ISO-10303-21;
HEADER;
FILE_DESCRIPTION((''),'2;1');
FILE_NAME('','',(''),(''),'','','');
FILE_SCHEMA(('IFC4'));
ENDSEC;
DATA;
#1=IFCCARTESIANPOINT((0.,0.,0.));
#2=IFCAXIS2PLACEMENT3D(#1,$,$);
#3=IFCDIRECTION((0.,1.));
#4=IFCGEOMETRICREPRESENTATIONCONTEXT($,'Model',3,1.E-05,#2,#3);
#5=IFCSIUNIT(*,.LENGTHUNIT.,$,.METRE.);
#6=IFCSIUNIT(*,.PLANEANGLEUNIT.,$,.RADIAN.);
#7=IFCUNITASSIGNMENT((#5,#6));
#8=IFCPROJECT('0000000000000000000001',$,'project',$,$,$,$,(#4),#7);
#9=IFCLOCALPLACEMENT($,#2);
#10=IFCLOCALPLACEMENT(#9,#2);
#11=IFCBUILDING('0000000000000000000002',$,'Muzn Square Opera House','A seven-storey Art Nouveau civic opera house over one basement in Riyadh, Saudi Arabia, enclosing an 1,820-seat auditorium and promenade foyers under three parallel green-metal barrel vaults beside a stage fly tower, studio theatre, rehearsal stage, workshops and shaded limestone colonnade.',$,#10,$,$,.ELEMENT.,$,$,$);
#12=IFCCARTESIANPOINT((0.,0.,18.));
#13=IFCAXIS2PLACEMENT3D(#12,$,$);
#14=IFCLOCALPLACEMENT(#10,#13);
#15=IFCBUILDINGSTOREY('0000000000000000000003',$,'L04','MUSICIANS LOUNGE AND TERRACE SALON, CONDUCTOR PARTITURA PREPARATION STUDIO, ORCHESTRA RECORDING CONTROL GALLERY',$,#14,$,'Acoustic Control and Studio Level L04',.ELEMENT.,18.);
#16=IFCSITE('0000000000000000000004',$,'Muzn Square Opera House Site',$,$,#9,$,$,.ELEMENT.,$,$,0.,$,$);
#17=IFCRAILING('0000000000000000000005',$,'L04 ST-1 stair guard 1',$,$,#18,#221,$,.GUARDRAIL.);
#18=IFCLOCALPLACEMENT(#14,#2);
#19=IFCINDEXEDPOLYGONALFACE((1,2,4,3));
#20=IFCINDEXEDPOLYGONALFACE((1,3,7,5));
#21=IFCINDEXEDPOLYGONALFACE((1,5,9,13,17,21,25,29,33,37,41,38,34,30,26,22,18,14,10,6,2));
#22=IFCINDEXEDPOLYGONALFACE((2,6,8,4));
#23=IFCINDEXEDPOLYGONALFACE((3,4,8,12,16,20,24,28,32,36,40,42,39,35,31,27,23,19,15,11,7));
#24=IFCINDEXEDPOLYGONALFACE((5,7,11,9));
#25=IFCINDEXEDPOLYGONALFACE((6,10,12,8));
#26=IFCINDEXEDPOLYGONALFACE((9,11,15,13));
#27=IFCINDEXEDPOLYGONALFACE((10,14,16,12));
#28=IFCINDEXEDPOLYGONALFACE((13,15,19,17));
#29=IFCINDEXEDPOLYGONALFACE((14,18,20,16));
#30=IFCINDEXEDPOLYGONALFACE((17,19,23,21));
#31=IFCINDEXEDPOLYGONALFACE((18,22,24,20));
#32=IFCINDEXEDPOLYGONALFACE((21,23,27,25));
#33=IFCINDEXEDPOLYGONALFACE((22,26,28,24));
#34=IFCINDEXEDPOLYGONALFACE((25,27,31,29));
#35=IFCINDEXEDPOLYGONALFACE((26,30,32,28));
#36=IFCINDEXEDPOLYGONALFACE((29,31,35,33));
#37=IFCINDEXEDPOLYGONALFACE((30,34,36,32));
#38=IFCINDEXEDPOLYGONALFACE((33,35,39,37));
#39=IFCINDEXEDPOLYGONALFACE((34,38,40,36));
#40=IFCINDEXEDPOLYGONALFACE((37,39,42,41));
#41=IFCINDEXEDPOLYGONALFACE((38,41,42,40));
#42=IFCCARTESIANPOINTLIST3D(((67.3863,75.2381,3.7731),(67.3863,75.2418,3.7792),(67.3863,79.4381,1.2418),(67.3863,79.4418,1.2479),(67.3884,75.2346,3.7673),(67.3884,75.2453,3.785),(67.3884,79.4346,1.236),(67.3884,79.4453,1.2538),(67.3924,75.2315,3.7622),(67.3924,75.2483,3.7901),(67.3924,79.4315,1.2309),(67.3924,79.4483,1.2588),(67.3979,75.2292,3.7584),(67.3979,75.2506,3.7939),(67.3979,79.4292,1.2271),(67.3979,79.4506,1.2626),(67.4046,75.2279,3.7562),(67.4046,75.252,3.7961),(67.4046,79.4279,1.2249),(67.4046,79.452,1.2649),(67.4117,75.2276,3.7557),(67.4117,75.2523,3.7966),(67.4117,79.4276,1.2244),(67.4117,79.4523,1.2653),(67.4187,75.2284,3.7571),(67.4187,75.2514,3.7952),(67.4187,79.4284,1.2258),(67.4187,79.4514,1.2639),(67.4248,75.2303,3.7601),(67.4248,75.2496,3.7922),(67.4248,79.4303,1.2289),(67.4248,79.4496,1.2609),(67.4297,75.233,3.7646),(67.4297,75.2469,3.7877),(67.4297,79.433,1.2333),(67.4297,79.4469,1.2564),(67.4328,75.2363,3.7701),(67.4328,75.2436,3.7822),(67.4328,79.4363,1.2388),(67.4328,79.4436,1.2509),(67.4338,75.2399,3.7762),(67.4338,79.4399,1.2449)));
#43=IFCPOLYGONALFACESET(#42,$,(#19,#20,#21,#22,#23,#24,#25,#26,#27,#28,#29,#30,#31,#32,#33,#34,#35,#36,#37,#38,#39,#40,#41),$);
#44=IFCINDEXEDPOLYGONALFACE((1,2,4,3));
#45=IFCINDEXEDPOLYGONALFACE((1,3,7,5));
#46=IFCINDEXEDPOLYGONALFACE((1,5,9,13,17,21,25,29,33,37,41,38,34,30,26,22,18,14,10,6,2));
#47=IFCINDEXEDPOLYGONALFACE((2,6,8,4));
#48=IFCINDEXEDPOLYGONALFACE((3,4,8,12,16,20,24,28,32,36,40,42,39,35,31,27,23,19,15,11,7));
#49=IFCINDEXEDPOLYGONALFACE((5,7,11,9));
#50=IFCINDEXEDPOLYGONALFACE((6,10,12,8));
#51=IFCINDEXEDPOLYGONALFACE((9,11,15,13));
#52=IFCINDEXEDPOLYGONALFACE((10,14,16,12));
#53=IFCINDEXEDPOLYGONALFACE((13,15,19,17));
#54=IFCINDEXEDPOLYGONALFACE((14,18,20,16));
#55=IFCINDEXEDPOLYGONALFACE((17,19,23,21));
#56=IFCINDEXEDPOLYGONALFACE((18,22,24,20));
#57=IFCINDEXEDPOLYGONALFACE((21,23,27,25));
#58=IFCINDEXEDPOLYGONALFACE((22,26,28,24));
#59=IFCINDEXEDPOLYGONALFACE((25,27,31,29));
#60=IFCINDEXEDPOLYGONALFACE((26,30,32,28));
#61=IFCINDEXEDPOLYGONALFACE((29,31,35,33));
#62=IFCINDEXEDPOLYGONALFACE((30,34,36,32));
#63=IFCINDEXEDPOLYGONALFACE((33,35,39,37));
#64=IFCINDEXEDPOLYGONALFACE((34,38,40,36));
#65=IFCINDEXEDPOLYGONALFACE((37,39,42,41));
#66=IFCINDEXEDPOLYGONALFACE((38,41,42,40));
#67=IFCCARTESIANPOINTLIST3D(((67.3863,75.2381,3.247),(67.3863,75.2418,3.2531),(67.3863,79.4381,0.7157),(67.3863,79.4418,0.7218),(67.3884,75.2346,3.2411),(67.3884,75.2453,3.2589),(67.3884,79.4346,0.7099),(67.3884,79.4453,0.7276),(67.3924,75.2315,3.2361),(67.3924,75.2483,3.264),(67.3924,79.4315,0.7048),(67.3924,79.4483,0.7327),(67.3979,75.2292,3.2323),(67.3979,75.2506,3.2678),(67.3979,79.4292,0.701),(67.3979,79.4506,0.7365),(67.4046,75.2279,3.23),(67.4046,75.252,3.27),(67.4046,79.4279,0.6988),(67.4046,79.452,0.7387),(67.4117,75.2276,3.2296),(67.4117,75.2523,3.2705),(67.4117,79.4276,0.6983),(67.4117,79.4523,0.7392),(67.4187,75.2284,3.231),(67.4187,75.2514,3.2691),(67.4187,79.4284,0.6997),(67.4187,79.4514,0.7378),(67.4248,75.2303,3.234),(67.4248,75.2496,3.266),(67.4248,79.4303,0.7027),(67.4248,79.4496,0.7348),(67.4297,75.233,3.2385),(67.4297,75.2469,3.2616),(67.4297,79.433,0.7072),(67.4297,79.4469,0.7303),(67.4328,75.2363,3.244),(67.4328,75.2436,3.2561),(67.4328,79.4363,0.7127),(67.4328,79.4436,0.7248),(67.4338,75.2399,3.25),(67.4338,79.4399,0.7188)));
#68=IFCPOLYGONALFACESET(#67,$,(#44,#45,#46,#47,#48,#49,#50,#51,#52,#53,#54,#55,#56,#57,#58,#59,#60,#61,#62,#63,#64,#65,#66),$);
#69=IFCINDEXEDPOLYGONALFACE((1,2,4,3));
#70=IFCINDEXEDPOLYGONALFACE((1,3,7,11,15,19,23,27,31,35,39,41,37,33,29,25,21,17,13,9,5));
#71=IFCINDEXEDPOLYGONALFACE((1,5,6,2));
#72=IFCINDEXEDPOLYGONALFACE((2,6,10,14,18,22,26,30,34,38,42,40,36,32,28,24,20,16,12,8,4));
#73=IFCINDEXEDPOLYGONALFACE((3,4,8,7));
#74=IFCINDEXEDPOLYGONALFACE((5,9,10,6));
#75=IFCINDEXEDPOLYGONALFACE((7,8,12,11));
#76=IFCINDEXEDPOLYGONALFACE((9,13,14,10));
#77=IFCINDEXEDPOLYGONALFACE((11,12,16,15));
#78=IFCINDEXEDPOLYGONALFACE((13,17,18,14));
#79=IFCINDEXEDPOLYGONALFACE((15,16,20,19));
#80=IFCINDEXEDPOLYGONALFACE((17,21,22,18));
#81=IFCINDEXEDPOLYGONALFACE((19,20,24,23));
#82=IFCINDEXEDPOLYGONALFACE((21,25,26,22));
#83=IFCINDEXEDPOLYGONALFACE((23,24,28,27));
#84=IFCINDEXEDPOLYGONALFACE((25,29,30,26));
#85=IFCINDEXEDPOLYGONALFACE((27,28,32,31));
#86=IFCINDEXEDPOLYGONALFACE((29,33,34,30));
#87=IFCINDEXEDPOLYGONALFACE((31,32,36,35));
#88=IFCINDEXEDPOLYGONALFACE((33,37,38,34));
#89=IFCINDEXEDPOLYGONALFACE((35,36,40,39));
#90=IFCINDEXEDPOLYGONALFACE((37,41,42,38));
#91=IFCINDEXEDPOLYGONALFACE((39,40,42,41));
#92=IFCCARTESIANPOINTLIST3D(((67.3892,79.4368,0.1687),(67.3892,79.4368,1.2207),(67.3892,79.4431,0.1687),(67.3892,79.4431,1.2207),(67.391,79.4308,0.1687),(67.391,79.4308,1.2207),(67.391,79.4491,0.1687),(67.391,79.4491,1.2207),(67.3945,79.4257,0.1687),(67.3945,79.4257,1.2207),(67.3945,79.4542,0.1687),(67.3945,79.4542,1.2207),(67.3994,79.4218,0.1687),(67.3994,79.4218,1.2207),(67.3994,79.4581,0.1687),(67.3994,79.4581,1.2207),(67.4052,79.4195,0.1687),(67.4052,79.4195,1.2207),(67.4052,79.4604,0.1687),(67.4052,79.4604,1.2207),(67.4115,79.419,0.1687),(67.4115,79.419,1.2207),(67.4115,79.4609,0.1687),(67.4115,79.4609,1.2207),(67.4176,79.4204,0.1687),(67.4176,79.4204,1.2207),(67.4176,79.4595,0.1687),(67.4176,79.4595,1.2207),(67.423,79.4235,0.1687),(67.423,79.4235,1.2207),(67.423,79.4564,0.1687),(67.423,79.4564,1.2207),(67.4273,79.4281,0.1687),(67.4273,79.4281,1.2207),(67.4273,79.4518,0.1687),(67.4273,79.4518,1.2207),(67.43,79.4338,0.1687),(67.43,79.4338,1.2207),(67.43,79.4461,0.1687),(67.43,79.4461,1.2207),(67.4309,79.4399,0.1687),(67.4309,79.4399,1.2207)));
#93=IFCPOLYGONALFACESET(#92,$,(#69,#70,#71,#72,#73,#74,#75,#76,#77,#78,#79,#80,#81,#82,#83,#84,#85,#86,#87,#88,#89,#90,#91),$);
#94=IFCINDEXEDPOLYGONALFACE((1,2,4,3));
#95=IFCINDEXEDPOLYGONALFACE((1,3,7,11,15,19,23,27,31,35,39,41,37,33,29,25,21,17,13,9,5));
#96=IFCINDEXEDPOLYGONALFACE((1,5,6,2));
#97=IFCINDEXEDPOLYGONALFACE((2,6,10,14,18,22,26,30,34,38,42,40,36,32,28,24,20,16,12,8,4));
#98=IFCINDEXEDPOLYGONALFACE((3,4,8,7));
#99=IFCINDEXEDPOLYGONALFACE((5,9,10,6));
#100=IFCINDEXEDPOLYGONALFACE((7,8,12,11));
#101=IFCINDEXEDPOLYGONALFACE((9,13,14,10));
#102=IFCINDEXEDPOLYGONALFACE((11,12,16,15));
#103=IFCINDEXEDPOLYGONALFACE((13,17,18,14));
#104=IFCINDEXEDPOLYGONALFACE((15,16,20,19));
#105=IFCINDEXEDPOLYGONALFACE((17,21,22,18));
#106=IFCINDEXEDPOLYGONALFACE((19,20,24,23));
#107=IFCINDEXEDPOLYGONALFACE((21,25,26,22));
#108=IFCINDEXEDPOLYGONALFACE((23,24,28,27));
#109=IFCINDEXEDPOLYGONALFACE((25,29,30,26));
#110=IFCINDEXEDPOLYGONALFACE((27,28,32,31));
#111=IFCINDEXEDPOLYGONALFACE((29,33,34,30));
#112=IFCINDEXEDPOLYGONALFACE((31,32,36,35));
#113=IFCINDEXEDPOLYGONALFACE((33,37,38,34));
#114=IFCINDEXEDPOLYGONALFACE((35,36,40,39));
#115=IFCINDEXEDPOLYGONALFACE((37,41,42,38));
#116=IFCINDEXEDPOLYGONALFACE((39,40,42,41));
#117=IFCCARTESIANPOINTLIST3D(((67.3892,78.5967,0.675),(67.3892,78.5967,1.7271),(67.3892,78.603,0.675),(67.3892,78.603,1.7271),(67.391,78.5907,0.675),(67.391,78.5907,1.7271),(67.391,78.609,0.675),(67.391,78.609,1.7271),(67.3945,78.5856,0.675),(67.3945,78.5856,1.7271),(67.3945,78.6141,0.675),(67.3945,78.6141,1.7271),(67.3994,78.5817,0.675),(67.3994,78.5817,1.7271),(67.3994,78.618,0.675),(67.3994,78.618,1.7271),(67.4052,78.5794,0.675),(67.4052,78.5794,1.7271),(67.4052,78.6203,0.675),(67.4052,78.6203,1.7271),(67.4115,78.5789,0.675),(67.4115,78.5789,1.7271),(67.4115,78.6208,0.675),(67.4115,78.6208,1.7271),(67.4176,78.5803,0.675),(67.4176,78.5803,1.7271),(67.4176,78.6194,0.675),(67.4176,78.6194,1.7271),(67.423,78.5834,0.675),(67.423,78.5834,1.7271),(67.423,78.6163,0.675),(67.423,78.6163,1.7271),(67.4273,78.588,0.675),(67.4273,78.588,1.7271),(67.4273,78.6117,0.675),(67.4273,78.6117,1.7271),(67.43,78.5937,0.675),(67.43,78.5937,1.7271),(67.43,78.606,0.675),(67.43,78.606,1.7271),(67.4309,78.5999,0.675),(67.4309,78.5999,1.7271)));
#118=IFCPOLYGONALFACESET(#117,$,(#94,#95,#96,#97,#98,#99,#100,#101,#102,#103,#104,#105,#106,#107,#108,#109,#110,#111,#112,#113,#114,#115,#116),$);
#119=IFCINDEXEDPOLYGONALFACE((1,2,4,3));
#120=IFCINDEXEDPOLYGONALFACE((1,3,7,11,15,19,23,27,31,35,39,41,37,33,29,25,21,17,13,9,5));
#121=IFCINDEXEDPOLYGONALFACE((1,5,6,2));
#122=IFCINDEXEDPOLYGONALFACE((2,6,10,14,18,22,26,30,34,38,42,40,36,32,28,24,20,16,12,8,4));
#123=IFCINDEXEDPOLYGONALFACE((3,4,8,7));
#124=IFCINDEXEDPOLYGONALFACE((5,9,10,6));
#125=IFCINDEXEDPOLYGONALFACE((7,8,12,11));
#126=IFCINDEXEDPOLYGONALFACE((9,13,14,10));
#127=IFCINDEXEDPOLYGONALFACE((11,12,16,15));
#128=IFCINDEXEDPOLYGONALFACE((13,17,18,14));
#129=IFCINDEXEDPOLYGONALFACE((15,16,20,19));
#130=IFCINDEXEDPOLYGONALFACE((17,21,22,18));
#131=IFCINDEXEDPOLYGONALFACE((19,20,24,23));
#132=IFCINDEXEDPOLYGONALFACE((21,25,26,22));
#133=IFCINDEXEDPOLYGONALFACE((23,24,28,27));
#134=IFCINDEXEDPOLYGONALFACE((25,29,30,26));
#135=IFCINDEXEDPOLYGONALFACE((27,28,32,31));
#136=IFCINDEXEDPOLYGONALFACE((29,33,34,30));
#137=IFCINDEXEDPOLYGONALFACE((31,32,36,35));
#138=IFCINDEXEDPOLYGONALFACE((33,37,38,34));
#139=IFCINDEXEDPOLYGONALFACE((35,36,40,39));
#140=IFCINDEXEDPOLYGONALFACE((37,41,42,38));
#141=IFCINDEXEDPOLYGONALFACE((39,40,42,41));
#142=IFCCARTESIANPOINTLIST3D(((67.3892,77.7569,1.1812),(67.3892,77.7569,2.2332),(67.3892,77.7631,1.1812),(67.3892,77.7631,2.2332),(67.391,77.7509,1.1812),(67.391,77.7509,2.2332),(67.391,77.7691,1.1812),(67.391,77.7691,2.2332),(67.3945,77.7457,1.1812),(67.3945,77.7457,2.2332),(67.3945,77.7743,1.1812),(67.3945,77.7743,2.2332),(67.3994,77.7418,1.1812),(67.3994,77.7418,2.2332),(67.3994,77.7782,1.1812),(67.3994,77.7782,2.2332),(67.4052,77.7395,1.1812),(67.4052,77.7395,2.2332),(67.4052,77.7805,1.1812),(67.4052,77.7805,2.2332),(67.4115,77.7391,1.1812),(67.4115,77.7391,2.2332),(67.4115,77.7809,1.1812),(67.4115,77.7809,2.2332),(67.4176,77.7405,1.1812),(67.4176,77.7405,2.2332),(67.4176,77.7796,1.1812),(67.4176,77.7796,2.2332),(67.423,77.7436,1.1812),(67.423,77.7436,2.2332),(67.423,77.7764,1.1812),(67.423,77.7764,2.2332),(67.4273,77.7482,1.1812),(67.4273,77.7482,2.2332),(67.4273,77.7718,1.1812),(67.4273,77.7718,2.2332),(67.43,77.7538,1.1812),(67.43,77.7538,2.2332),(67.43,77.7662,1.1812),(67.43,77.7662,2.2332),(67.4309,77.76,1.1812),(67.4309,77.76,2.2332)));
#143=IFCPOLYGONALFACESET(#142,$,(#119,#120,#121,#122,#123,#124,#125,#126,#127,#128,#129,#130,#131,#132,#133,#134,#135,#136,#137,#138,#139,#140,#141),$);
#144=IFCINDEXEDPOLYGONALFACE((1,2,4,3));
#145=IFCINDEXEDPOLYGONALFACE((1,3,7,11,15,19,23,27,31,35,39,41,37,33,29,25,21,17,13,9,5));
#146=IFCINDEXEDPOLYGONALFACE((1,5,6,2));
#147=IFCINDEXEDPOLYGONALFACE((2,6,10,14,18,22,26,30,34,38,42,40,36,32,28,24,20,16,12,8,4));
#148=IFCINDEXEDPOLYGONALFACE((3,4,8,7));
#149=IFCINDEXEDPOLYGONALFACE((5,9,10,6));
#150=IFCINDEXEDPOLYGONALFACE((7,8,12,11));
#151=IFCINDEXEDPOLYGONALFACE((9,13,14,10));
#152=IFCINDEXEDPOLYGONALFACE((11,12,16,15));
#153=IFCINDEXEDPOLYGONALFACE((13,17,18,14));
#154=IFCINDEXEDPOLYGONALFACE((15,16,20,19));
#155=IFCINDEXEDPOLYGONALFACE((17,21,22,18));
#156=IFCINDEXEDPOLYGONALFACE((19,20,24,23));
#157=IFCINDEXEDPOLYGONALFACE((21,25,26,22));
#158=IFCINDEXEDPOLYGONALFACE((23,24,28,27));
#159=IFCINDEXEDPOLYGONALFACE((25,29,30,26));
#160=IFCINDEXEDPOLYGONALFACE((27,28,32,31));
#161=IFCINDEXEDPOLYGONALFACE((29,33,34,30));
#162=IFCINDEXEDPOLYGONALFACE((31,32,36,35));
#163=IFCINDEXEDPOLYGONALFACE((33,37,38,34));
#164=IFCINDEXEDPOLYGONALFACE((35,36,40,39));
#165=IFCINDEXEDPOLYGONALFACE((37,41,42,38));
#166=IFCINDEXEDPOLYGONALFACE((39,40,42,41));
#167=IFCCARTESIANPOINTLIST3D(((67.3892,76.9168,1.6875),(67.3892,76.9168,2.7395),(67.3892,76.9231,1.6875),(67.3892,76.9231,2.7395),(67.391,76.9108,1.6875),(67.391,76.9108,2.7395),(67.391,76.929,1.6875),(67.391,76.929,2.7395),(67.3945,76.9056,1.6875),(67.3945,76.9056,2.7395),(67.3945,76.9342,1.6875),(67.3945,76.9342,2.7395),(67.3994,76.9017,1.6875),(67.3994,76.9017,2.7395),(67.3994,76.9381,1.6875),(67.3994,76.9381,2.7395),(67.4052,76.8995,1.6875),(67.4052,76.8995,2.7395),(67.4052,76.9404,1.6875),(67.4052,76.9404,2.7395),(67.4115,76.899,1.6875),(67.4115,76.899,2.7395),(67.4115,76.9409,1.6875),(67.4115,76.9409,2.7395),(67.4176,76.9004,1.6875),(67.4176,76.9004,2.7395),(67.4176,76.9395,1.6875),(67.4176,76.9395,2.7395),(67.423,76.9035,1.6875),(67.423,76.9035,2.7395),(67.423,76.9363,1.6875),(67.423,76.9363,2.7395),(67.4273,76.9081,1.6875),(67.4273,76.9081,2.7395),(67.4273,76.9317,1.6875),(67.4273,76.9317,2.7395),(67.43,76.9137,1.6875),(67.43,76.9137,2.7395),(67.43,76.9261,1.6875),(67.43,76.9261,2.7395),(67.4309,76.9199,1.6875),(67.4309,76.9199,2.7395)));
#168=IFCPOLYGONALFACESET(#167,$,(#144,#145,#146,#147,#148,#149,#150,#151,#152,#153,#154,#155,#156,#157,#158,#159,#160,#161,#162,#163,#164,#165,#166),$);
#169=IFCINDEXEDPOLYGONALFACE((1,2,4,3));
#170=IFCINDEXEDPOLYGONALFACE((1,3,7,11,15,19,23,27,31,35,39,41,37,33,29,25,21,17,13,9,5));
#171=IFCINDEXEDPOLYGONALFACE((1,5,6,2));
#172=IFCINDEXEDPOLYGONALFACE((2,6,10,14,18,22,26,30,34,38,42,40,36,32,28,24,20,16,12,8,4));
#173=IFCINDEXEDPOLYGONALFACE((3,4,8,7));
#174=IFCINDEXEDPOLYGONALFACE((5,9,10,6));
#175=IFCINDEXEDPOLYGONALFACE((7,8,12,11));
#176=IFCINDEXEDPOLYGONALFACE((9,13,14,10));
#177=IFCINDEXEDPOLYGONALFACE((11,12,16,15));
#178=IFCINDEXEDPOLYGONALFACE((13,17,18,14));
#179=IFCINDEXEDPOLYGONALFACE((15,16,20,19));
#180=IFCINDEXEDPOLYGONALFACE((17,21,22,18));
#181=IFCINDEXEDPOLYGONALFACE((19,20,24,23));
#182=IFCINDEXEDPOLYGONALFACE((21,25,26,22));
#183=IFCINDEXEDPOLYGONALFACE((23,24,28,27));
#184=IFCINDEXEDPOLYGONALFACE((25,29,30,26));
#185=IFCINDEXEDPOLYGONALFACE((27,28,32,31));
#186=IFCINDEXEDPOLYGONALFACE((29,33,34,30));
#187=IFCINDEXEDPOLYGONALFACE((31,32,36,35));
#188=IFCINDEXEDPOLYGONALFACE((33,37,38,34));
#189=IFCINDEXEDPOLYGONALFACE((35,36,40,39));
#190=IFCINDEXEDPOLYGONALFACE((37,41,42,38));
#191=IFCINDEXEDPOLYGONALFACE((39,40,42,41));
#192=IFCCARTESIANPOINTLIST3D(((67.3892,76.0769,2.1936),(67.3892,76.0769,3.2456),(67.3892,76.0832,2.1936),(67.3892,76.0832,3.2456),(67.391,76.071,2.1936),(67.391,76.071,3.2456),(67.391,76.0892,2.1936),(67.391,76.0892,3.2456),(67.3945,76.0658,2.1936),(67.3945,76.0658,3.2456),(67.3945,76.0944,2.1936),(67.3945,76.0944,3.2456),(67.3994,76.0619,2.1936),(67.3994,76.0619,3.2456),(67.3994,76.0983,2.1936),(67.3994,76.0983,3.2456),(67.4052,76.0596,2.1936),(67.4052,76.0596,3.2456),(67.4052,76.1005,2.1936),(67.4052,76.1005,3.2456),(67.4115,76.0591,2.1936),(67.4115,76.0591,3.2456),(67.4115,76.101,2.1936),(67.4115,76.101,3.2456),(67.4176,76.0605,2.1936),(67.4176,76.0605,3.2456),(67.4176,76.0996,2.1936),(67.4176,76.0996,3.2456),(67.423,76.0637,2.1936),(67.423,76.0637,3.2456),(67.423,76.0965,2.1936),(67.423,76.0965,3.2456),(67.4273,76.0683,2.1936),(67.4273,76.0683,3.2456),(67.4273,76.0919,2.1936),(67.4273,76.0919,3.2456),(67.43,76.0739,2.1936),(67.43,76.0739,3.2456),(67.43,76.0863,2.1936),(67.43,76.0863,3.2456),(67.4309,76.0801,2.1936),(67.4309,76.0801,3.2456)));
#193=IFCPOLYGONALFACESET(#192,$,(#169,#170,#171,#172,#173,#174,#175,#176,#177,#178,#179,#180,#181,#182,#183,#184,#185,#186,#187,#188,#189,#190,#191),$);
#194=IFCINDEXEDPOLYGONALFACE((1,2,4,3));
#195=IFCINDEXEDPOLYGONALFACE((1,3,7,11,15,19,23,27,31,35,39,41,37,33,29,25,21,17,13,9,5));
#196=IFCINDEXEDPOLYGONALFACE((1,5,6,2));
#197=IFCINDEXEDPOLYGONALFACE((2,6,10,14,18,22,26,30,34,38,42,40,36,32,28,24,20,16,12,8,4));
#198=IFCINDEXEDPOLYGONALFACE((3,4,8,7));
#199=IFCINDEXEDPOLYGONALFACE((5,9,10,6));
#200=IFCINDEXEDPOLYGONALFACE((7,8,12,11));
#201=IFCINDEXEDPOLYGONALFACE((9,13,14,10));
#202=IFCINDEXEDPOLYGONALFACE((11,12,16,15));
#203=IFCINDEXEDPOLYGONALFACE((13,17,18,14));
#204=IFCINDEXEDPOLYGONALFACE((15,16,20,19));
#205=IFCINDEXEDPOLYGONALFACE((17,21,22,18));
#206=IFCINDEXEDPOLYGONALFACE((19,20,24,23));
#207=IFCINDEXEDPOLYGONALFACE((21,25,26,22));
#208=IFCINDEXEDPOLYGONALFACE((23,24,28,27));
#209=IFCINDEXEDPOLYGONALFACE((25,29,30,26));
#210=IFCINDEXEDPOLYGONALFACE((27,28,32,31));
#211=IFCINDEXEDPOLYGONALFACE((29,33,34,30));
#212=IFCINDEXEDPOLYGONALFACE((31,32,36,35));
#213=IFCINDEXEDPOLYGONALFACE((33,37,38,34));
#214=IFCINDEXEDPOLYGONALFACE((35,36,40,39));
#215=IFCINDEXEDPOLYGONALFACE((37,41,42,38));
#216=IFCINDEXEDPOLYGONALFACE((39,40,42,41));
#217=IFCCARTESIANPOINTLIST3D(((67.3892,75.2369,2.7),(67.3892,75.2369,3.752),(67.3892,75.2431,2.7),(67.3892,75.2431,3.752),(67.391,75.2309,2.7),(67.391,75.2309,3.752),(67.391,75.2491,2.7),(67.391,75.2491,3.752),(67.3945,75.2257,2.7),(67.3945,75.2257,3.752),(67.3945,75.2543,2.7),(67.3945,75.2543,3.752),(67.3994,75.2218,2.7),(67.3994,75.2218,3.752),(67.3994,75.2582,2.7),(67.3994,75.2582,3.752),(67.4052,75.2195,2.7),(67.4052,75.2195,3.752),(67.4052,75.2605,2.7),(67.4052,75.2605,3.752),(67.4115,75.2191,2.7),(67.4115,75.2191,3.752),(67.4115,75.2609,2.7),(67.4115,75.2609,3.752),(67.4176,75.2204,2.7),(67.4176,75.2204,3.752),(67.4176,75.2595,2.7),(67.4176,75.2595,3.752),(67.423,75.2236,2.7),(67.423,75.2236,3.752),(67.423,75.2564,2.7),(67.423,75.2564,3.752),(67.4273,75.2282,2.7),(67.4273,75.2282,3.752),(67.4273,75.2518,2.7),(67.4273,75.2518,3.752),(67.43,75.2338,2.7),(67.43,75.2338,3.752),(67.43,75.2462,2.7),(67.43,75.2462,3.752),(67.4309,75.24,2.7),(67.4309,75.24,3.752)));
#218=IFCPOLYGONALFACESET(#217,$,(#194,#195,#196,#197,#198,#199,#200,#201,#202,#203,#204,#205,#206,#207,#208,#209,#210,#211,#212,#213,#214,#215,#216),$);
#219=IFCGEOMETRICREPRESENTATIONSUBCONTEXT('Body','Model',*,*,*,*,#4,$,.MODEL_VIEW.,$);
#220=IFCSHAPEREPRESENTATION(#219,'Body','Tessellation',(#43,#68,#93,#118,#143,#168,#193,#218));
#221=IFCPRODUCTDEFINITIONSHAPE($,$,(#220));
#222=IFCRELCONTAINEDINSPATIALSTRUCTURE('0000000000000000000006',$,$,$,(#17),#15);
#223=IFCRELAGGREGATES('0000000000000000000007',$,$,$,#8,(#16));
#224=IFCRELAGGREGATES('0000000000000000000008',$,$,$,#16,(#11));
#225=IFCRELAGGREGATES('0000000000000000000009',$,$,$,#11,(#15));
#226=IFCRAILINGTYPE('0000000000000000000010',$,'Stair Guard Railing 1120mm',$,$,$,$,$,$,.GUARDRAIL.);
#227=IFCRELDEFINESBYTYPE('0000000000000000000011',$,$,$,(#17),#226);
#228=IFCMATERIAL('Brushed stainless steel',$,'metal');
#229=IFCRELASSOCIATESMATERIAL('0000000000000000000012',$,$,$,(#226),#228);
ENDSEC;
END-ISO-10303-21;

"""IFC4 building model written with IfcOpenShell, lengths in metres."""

from ifc_helpers import new_model, si_unit, direction, frame, origin, origin_2d, place, context, subcontext, project, spatial, circle, extrude, material, type_object, element, save


model = new_model("IFC4")

# Units and contexts
model_context = context("Model", 3, precision=1e-05, world=origin(), true_north=direction((0.0, 1.0)))
body_context = subcontext(model_context, "Body", "Model", "MODEL_VIEW")
ifc_project = project(units=[si_unit("LENGTHUNIT", "METRE"), si_unit("PLANEANGLEUNIT", "RADIAN")], contexts=[model_context])

# Site, building, storey
site_placement = place(None, origin())
site = spatial("IfcSite", under=ifc_project, at=site_placement, Name="Muzn Square Opera House Site", CompositionType="ELEMENT", RefElevation=0.0)
building_placement = place(site_placement, origin())
building = spatial("IfcBuilding", under=site, at=building_placement, Name="Muzn Square Opera House", Description="A seven-storey Art Nouveau civic opera house over one basement in Riyadh, Saudi Arabia, enclosing an 1,820-seat auditorium and promenade foyers under three parallel green-metal barrel vaults beside a stage fly tower, studio theatre, rehearsal stage, workshops and shaded limestone colonnade.", CompositionType="ELEMENT")
storey_placement = place(building_placement, frame((0.0, 0.0, 18.0)))
storey = spatial("IfcBuildingStorey", under=building, at=storey_placement, Name="L04", Description="MUSICIANS LOUNGE AND TERRACE SALON, CONDUCTOR PARTITURA PREPARATION STUDIO, ORCHESTRA RECORDING CONTROL GALLERY", LongName="Acoustic Control and Studio Level L04", CompositionType="ELEMENT", Elevation=18.0)

# Shared definitions
ifc_material_1 = material(Name="Brushed stainless steel", Category="metal")

# Railing
railing_type_1 = type_object("IfcRailingType", Name="Stair Guard Railing 1120mm", PredefinedType="GUARDRAIL", material=ifc_material_1)
railing_1_placement = place(storey_placement, frame((67.4099, 79.4399, 0.1687)))
element("IfcRailing", 1, at=railing_1_placement, inside=storey, type_object=railing_type_1, Name="L04 ST-1 stair guard 1", PredefinedType="GUARDRAIL", context=body_context, shape_type="SweptSolid", body=[
    extrude(circle(Radius=0.0239, at=origin_2d()), frame((0.0, 0.0, 1.0762), z_axis=(0.0, -0.856476, 0.516186), x_axis=(1.0, 0.0, 0.0)), (0.0, 0.0, 1.0), 4.9038),
    extrude(circle(Radius=0.0239, at=origin_2d()), frame((0.0, 0.0, 0.55), z_axis=(0.0, -0.856476, 0.516186), x_axis=(1.0, 0.0, 0.0)), (0.0, 0.0, 1.0), 4.9038),
    extrude(circle(Radius=0.021, at=origin_2d()), origin(), (0.0, 0.0, 1.0), 1.052),
    extrude(circle(Radius=0.021, at=origin_2d()), frame((0.0, -0.8401, 0.5063)), (0.0, 0.0, 1.0), 1.052),
    extrude(circle(Radius=0.021, at=origin_2d()), frame((0.0, -1.6799, 1.0125)), (0.0, 0.0, 1.0), 1.052),
    extrude(circle(Radius=0.021, at=origin_2d()), frame((0.0, -2.52, 1.5188)), (0.0, 0.0, 1.0), 1.052),
    extrude(circle(Radius=0.021, at=origin_2d()), frame((0.0, -3.3599, 2.0249)), (0.0, 0.0, 1.0), 1.052),
    extrude(circle(Radius=0.021, at=origin_2d()), frame((0.0, -4.2, 2.5312)), (0.0, 0.0, 1.0), 1.052),
])

save(model, "model.ifc")
